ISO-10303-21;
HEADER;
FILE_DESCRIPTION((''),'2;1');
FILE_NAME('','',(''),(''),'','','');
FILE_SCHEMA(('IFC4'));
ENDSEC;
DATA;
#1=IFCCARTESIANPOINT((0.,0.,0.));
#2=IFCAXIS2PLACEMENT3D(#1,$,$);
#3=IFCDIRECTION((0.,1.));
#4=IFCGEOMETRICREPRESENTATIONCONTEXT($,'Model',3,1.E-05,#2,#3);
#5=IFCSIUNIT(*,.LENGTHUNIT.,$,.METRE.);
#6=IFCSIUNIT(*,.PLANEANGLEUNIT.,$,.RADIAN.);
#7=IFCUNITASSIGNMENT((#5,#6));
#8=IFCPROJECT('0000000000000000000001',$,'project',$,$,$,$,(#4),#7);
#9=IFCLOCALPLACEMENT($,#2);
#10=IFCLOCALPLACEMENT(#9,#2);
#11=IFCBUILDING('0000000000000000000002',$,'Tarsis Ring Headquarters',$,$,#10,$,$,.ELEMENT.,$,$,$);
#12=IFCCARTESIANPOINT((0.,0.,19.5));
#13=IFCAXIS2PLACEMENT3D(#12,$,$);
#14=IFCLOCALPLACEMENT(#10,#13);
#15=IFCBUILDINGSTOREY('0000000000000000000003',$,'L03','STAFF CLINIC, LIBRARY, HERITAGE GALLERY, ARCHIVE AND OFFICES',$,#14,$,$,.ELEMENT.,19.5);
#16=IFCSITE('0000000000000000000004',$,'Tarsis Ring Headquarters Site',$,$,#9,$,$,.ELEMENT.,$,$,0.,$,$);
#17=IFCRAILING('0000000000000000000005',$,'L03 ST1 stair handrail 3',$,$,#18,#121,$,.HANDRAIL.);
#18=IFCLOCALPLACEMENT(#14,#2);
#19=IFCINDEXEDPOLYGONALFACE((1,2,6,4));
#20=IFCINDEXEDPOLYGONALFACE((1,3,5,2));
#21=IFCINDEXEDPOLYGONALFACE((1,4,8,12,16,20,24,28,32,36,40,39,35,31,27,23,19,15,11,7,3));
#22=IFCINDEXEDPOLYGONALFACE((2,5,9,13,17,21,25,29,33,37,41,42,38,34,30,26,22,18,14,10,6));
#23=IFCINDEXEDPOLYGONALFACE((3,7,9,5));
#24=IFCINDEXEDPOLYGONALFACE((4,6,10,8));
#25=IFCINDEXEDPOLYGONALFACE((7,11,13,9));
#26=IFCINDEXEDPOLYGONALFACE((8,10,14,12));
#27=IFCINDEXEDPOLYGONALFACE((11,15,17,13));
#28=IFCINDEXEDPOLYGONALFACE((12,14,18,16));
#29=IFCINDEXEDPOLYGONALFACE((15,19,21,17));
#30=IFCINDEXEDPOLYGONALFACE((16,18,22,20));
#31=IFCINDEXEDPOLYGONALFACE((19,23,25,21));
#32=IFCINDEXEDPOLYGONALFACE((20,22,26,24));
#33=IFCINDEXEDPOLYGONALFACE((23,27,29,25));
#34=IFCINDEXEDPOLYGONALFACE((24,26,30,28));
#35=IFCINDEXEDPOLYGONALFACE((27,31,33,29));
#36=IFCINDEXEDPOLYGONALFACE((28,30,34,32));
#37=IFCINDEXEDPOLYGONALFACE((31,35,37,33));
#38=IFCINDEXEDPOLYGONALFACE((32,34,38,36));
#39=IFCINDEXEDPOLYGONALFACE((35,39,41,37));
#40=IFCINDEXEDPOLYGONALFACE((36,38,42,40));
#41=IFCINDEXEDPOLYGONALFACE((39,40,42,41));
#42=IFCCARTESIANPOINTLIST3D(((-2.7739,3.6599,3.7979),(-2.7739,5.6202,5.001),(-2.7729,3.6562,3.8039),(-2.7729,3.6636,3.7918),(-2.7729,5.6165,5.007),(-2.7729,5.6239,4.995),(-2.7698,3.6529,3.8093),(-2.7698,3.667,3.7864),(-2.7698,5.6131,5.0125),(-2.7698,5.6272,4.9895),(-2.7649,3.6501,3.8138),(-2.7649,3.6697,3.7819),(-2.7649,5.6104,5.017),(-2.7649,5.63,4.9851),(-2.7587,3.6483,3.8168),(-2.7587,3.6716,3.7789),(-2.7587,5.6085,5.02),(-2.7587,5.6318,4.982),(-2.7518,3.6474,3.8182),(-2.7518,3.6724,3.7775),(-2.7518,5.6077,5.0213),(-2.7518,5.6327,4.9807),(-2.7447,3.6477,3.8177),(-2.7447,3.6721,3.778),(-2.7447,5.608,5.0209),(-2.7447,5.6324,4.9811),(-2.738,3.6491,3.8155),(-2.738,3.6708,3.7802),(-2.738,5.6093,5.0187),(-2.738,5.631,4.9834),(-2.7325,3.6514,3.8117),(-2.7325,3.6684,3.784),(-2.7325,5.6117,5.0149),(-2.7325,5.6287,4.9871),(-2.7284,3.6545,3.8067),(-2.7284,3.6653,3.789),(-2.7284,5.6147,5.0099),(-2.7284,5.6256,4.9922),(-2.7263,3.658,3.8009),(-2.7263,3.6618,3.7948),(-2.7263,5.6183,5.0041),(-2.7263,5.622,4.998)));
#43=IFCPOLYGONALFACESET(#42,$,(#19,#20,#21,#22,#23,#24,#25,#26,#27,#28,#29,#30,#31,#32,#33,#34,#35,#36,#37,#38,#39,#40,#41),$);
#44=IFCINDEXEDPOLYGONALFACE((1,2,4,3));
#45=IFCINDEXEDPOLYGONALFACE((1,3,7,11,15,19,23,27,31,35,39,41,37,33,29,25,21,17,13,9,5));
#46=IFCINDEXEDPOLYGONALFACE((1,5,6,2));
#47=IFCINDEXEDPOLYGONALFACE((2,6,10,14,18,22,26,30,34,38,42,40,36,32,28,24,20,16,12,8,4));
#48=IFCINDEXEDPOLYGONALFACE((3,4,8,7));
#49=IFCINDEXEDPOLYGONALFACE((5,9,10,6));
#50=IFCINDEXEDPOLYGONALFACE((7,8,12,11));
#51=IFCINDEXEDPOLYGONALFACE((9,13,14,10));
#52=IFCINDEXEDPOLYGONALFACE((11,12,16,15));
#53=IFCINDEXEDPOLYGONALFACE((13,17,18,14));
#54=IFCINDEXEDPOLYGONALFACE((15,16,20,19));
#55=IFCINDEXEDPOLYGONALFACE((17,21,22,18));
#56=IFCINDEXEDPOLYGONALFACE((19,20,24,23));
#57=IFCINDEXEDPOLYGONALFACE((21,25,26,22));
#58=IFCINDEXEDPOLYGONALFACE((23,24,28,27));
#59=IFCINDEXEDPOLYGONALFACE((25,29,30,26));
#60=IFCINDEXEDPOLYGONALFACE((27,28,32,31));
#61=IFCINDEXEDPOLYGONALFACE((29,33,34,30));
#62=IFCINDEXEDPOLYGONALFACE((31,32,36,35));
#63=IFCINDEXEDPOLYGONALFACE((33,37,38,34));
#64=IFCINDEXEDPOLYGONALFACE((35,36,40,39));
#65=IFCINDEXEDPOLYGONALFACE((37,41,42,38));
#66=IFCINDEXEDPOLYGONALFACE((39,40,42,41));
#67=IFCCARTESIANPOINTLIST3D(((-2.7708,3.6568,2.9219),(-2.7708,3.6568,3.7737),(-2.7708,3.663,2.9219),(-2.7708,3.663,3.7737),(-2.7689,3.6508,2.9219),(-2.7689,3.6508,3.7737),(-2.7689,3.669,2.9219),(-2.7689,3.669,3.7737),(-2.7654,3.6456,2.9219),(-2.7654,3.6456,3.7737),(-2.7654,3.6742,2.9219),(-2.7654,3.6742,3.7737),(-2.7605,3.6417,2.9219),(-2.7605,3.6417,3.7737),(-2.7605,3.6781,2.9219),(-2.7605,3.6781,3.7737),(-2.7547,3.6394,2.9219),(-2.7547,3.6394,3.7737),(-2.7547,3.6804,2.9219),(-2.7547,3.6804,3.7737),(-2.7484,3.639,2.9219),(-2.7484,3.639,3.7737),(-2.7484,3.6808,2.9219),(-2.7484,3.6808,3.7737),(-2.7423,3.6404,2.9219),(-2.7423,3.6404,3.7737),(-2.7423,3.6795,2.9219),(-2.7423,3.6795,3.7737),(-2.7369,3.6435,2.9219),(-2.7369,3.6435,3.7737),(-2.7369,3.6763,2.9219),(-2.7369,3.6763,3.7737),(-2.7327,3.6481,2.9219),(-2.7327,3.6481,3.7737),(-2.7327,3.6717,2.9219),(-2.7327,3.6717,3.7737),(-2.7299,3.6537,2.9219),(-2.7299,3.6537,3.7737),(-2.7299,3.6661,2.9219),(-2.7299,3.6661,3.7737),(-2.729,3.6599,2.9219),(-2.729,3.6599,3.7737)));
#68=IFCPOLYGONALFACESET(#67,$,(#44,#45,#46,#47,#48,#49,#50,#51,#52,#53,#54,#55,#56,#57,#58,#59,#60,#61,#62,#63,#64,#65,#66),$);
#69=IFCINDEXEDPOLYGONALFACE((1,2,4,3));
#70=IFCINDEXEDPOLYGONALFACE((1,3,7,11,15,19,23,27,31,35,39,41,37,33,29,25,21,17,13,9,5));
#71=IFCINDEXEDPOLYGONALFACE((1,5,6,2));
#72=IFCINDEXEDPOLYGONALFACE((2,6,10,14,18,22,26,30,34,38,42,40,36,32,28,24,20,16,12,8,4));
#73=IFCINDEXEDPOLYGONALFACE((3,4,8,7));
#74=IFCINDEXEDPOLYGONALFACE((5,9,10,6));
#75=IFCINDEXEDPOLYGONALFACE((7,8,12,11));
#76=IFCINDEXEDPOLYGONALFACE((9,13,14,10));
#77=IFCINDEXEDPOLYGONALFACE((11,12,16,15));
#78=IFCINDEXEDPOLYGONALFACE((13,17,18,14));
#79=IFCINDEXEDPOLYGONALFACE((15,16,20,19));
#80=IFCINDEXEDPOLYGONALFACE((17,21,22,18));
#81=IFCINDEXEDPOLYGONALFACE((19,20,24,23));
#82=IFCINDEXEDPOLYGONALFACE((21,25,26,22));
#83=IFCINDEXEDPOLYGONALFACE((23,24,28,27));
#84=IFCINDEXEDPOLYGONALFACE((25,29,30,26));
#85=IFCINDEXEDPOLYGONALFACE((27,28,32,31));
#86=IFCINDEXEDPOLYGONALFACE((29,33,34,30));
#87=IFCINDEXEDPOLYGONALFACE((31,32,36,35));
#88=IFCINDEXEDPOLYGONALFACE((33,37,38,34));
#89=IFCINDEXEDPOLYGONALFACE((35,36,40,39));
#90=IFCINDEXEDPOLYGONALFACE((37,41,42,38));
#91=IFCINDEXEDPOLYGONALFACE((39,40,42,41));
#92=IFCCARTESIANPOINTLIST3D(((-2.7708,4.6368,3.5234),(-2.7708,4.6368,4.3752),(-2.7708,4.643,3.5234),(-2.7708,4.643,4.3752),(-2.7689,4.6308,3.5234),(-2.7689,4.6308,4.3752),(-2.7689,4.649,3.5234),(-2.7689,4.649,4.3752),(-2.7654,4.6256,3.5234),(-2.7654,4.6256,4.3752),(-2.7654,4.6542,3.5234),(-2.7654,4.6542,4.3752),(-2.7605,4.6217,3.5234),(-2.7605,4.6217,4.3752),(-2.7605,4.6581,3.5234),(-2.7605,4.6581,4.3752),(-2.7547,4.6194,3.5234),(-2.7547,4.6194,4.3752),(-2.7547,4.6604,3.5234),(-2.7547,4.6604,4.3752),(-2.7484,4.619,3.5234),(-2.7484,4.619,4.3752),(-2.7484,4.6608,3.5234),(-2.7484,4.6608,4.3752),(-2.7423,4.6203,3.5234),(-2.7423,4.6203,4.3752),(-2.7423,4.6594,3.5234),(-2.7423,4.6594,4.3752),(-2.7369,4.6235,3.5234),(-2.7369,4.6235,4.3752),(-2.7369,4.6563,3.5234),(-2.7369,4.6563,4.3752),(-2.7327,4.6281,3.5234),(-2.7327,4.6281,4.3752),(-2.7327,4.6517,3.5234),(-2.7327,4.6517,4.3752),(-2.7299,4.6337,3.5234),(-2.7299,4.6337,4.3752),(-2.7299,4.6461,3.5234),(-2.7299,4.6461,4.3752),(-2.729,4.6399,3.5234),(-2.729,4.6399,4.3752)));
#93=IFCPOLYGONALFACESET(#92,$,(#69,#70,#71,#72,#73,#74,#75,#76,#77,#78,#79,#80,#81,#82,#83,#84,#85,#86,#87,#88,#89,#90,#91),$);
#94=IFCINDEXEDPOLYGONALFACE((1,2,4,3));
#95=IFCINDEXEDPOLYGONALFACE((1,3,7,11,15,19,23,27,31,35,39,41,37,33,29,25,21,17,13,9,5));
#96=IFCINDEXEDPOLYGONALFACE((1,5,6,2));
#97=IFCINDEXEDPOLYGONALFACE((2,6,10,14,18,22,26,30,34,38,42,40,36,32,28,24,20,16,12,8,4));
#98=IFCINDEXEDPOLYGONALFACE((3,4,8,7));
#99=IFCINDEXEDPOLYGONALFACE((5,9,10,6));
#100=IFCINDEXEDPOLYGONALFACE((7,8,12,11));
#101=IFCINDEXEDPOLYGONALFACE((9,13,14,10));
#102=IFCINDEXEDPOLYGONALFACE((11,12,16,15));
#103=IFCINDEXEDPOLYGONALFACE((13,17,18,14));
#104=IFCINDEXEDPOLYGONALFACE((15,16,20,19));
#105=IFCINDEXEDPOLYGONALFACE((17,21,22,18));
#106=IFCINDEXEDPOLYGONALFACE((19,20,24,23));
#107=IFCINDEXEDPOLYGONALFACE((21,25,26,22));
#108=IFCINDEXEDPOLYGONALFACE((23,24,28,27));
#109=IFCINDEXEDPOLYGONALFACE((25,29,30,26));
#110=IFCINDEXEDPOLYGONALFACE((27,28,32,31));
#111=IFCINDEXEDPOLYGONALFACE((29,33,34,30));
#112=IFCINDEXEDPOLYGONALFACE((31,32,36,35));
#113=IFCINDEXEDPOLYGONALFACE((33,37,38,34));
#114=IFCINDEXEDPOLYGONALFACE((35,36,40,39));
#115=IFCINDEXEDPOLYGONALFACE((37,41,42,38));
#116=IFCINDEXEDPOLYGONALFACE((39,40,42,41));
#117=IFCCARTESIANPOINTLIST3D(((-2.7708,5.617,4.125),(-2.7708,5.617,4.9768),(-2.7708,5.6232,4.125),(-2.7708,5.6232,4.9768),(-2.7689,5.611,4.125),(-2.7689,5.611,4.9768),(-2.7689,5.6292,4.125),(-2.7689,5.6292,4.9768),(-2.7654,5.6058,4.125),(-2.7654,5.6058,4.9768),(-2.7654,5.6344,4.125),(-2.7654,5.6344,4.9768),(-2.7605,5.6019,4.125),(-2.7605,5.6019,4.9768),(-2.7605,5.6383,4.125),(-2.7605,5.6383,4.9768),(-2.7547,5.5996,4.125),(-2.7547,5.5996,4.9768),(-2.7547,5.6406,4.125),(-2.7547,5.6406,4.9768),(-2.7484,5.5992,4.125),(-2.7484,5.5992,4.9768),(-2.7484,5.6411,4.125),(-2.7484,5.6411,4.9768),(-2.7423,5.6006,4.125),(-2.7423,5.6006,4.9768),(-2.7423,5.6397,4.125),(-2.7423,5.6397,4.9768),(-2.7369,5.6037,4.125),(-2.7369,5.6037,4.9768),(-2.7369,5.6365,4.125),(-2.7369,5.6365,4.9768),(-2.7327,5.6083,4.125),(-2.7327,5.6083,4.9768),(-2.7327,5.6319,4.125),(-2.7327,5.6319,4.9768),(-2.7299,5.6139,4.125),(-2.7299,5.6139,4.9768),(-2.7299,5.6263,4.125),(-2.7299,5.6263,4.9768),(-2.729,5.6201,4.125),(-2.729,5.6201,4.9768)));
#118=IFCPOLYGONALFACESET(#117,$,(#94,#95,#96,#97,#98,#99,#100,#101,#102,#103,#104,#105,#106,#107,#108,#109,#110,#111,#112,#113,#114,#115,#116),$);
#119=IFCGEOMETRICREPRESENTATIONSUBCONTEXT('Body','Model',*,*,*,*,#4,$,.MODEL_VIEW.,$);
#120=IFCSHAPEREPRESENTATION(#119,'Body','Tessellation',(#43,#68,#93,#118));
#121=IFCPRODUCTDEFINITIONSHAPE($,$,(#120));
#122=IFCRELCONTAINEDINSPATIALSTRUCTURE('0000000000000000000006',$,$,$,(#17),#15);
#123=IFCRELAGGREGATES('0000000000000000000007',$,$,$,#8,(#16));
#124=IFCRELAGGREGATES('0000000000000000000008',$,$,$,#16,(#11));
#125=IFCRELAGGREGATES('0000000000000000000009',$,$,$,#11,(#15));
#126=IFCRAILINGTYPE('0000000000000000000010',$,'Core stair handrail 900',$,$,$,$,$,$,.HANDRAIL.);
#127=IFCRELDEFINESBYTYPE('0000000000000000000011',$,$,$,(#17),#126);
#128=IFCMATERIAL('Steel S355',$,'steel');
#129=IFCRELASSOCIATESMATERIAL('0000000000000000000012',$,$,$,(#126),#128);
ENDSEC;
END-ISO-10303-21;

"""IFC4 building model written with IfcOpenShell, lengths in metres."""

from ifc_helpers import new_model, si_unit, direction, frame, origin, origin_2d, place, context, subcontext, project, spatial, circle, extrude, material, type_object, element, save


model = new_model("IFC4")

# Units and contexts
model_context = context("Model", 3, precision=1e-05, world=origin(), true_north=direction((0.0, 1.0)))
body_context = subcontext(model_context, "Body", "Model", "MODEL_VIEW")
ifc_project = project(units=[si_unit("LENGTHUNIT", "METRE"), si_unit("PLANEANGLEUNIT", "RADIAN")], contexts=[model_context])

# Site, building, storey
site_placement = place(None, origin())
site = spatial("IfcSite", under=ifc_project, at=site_placement, Name="Tarsis Ring Headquarters Site", CompositionType="ELEMENT", RefElevation=0.0)
building_placement = place(site_placement, origin())
building = spatial("IfcBuilding", under=site, at=building_placement, Name="Tarsis Ring Headquarters", CompositionType="ELEMENT")
storey_placement = place(building_placement, frame((0.0, 0.0, 19.5)))
storey = spatial("IfcBuildingStorey", under=building, at=storey_placement, Name="L03", Description="STAFF CLINIC, LIBRARY, HERITAGE GALLERY, ARCHIVE AND OFFICES", CompositionType="ELEMENT", Elevation=19.5)

# Shared definitions
ifc_material_1 = material(Name="Steel S355", Category="steel")

# Railing
railing_type_1 = type_object("IfcRailingType", Name="Core stair handrail 900", PredefinedType="HANDRAIL", material=ifc_material_1)
railing_1_placement = place(storey_placement, frame((-2.75, 3.6599, 2.9219)))
element("IfcRailing", 1, at=railing_1_placement, inside=storey, type_object=railing_type_1, Name="L03 ST1 stair handrail 3", PredefinedType="HANDRAIL", context=body_context, shape_type="SweptSolid", body=[
    extrude(circle(Radius=0.0239, at=origin_2d()), frame((0.0, 0.0, 0.876), z_axis=(0.0, 0.85227, 0.523102), x_axis=(-1.0, 0.0, 0.0)), (0.0, 0.0, 1.0), 2.3),
    extrude(circle(Radius=0.021, at=origin_2d()), origin(), (0.0, 0.0, 1.0), 0.8518),
    extrude(circle(Radius=0.021, at=origin_2d()), frame((0.0, 0.98, 0.6016)), (0.0, 0.0, 1.0), 0.8518),
    extrude(circle(Radius=0.021, at=origin_2d()), frame((0.0, 1.9602, 1.2031)), (0.0, 0.0, 1.0), 0.8518),
])

save(model, "model.ifc")
